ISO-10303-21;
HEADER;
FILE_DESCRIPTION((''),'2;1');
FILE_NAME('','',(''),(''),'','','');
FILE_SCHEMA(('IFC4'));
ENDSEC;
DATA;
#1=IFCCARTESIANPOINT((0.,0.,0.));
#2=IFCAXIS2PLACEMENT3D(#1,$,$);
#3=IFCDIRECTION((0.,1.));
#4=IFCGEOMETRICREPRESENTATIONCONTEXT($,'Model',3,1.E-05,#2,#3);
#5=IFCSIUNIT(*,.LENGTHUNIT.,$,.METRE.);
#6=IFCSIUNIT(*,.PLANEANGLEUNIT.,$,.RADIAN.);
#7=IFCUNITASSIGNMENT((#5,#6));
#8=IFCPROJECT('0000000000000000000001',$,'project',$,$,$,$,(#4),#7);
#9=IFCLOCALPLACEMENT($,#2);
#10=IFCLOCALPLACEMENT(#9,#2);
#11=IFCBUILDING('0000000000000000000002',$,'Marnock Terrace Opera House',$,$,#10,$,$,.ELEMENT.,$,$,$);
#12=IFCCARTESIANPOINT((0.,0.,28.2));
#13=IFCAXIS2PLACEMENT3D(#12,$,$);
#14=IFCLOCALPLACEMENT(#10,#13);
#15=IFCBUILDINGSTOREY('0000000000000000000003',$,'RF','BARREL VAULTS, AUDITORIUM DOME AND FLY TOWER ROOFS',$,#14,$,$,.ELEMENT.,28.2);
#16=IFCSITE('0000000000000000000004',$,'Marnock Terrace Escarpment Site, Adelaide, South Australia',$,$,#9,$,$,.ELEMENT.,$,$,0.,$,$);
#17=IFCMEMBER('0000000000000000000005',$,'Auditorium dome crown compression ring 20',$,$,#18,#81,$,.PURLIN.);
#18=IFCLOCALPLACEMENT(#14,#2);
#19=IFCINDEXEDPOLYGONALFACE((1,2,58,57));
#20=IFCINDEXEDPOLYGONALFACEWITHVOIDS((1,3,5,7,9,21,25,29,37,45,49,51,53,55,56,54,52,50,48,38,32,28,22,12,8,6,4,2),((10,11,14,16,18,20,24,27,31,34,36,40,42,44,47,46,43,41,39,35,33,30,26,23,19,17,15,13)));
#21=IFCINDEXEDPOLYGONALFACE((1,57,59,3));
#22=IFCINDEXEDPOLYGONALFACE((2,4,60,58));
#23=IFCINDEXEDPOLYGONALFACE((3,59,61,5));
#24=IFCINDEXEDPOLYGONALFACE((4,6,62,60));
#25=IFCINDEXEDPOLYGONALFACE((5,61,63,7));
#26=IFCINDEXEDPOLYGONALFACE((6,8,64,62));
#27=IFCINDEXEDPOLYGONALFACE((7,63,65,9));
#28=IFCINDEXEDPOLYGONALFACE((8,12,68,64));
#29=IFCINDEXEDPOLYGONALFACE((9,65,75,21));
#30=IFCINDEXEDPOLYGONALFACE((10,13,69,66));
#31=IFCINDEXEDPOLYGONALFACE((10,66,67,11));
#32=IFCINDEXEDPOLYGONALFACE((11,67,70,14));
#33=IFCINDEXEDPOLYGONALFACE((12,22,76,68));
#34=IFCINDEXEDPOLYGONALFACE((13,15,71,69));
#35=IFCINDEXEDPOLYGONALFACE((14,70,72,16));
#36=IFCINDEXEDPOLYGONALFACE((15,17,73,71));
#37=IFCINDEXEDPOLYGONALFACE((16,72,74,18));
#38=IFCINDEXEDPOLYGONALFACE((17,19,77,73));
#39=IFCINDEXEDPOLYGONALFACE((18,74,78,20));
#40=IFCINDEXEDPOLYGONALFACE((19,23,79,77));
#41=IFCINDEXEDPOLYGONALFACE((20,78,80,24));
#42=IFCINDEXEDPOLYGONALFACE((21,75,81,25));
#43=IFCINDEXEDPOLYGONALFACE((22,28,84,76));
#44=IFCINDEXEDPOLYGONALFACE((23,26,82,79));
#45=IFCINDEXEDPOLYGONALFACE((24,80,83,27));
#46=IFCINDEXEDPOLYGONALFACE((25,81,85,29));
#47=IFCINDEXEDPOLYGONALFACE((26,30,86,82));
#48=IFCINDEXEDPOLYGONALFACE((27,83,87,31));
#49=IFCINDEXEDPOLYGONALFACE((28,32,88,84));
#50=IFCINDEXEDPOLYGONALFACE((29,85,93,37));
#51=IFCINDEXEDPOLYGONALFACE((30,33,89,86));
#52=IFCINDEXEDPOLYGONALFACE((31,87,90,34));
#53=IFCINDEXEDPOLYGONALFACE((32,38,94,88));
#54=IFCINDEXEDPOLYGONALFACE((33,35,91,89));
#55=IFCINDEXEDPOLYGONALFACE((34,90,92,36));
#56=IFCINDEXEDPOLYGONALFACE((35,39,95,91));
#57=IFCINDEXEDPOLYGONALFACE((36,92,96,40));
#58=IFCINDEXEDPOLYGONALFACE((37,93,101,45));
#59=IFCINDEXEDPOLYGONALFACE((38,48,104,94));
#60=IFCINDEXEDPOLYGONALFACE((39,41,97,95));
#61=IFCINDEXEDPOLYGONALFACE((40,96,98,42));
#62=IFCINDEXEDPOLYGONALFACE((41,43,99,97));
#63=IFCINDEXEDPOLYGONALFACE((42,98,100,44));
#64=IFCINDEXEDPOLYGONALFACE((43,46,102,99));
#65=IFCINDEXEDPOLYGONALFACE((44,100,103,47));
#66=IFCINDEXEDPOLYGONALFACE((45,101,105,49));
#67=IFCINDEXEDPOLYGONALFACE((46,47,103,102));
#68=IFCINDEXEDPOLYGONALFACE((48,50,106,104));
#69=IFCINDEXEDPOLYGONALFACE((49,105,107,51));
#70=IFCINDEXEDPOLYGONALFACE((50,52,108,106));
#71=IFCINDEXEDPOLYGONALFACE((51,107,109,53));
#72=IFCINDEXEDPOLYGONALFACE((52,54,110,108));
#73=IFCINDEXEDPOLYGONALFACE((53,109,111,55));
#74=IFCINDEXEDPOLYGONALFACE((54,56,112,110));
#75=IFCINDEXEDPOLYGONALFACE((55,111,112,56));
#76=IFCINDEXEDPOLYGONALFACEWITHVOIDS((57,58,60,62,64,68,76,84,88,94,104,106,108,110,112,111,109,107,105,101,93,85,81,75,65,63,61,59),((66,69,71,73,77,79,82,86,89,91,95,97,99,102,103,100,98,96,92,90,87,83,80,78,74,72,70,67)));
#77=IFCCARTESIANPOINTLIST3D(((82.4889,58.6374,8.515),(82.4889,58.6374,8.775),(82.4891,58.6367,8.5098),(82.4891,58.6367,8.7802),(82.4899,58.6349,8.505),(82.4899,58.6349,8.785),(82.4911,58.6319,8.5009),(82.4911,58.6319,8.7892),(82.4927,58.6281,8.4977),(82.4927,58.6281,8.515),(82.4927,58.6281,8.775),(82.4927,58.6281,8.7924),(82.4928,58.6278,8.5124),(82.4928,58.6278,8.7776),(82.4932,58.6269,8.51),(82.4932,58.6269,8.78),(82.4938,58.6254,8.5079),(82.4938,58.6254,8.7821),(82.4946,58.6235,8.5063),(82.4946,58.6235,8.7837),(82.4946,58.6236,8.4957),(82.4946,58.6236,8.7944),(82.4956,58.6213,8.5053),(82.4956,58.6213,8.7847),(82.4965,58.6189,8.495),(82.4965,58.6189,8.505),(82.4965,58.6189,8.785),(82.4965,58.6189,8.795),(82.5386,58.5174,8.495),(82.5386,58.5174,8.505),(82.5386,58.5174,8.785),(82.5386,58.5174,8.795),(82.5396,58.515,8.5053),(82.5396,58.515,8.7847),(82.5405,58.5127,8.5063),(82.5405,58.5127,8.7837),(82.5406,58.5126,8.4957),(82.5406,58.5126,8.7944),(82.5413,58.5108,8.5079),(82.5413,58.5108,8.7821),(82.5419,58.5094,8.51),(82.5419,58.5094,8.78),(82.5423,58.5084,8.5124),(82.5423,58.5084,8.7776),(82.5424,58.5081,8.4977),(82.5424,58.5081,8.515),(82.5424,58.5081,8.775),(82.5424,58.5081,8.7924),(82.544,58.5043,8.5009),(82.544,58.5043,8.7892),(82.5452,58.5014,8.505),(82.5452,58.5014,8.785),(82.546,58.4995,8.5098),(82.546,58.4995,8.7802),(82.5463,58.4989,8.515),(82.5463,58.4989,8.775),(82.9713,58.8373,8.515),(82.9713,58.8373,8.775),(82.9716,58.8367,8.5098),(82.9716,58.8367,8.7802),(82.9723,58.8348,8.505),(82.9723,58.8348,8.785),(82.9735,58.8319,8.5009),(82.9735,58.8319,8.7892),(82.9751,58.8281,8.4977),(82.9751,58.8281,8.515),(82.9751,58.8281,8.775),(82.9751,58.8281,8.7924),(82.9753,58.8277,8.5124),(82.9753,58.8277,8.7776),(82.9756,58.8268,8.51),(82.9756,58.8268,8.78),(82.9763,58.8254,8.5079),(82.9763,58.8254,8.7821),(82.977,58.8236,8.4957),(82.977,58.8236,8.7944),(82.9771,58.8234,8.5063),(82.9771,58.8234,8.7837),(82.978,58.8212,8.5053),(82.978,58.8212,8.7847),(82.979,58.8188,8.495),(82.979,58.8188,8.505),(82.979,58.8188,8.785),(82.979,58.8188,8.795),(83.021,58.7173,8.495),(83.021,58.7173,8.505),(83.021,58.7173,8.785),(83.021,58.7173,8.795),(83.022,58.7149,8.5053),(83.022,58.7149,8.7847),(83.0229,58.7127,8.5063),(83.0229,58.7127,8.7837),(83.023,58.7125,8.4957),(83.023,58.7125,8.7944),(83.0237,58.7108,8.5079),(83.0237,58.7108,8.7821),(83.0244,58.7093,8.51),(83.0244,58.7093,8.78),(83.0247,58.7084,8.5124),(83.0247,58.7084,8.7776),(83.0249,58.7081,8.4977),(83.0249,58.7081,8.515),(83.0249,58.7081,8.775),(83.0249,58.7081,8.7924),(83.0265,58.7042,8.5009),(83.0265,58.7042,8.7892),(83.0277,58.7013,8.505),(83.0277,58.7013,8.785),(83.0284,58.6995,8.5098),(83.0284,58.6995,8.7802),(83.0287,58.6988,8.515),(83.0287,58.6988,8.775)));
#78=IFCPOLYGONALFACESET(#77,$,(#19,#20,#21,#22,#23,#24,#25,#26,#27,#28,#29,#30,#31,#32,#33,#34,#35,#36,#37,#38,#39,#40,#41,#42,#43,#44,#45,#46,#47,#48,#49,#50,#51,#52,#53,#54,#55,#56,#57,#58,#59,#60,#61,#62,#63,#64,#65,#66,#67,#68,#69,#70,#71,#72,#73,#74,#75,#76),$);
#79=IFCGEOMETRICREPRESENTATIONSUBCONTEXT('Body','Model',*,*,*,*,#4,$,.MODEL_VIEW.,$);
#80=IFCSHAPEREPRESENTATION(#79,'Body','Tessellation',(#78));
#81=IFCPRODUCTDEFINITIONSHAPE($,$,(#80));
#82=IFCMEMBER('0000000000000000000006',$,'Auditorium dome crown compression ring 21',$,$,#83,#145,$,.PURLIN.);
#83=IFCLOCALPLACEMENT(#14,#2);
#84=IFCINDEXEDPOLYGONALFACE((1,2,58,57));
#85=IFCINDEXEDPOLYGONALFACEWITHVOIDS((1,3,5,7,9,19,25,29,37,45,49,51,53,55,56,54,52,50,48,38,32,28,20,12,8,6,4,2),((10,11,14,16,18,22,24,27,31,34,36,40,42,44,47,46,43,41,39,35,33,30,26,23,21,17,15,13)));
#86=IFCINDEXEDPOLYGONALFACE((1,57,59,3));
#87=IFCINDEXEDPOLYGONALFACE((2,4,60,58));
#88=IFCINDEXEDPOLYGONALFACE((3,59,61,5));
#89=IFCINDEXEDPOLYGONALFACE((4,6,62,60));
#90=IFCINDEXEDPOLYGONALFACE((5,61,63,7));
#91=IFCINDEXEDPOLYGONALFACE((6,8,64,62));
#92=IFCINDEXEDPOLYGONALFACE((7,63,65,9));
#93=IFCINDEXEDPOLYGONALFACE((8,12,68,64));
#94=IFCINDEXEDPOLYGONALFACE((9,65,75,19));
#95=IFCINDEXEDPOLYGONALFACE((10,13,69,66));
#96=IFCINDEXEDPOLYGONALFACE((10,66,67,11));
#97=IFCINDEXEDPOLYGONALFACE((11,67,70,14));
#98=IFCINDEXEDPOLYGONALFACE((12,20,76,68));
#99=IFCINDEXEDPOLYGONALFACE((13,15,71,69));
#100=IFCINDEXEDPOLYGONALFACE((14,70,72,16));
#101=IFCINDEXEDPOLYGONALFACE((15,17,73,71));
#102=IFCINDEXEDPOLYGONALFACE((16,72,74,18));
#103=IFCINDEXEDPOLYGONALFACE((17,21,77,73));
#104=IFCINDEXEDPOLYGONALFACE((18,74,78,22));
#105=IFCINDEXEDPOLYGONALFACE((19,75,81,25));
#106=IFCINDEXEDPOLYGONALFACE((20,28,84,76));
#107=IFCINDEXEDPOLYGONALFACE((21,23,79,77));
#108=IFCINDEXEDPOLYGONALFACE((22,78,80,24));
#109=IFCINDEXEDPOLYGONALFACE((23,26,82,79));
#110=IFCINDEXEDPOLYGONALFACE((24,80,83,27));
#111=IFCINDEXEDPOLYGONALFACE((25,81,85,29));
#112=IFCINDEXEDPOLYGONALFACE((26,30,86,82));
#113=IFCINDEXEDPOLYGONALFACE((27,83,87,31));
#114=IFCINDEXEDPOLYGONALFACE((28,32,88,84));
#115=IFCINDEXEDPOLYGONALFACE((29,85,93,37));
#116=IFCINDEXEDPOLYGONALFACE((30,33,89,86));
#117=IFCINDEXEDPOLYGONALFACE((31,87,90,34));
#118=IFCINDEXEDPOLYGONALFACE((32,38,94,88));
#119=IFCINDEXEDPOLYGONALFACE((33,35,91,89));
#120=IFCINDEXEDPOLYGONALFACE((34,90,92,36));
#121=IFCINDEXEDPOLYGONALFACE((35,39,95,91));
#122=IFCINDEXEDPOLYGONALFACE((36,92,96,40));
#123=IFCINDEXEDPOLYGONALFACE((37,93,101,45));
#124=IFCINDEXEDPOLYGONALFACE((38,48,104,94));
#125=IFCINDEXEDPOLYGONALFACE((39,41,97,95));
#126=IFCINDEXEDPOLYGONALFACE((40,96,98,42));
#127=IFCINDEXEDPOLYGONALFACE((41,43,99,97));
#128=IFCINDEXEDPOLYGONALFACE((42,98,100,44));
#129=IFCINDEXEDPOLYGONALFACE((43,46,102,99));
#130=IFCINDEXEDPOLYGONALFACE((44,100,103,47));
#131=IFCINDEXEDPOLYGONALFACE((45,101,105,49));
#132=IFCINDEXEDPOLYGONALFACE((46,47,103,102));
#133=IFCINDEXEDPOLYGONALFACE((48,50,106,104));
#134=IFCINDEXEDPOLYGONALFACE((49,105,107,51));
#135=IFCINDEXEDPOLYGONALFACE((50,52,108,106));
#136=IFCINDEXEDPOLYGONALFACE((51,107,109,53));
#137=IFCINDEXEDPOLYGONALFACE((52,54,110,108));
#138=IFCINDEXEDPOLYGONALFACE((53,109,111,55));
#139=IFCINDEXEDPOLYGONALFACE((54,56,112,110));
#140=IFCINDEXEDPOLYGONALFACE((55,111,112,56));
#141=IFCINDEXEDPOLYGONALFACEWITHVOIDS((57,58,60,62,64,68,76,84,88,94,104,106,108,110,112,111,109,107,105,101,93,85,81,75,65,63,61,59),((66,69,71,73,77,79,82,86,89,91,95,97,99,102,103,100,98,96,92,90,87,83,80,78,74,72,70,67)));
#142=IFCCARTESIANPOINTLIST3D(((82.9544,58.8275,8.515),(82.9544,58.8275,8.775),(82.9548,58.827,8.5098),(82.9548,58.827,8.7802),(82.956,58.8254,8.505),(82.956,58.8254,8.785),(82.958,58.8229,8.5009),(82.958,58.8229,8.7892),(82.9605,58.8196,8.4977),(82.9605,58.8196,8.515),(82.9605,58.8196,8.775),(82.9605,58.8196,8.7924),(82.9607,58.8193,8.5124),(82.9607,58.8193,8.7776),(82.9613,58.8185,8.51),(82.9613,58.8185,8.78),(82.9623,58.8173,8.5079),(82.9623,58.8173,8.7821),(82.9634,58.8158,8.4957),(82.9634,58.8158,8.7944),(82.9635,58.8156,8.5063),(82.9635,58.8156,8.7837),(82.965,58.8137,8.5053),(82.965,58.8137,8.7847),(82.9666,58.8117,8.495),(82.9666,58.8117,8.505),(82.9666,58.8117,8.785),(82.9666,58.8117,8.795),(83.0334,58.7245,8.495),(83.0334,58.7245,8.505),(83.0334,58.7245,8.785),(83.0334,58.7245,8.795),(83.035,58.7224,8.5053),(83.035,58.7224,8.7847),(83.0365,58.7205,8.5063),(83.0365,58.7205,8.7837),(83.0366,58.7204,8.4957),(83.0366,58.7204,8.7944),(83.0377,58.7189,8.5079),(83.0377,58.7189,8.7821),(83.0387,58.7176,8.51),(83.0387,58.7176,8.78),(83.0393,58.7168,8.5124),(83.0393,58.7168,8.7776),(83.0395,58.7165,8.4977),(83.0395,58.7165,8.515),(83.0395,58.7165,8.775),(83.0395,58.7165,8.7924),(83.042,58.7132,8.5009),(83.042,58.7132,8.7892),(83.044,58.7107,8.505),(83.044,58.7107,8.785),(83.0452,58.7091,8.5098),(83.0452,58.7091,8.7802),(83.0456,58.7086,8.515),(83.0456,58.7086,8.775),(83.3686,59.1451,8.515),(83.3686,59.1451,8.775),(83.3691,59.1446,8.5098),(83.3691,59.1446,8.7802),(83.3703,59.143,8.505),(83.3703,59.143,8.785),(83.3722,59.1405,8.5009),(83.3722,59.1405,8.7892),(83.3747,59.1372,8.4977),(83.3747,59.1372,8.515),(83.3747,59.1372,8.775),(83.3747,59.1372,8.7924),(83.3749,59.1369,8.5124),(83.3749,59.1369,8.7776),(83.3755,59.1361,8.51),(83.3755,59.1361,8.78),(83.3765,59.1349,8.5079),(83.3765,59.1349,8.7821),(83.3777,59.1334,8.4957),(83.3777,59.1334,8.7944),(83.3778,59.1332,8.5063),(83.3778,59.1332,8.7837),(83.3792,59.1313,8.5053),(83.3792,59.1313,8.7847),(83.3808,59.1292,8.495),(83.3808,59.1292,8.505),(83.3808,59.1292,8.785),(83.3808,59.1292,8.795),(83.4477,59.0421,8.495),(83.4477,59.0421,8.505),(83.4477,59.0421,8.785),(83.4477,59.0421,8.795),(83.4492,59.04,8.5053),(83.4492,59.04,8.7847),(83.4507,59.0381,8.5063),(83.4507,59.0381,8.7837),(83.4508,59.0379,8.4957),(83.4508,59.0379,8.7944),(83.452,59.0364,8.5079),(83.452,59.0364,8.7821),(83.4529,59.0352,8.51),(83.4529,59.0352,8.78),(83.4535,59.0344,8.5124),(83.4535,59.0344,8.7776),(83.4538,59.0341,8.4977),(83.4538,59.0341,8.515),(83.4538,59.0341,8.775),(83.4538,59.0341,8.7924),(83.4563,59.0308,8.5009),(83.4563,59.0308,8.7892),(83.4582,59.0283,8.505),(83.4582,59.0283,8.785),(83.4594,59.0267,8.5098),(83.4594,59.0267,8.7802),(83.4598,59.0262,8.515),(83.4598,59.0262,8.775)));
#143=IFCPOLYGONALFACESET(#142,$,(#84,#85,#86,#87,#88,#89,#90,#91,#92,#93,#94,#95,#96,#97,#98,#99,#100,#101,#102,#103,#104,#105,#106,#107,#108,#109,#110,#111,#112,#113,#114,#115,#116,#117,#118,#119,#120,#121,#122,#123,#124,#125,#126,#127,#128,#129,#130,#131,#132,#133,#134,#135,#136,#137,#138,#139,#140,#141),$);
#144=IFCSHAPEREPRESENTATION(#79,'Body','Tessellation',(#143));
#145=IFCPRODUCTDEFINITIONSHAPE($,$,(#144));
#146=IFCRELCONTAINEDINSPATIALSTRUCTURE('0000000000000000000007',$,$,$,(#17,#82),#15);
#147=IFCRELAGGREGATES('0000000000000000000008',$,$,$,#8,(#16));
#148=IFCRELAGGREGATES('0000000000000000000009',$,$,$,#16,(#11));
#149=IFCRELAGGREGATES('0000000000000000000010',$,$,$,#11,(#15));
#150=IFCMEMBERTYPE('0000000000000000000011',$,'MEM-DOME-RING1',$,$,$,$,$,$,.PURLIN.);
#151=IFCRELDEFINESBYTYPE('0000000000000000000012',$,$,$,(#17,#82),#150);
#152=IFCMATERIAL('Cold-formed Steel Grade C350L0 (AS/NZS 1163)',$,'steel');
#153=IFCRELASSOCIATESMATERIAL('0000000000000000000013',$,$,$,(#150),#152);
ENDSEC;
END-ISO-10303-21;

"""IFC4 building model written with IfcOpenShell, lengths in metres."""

from ifc_helpers import new_model, si_unit, direction, frame, origin, origin_2d, place, context, subcontext, project, spatial, hollow_rectangle, extrude, material, material_profile, profile_set, type_object, element, save


model = new_model("IFC4")

# Units and contexts
model_context = context("Model", 3, precision=1e-05, world=origin(), true_north=direction((0.0, 1.0)))
body_context = subcontext(model_context, "Body", "Model", "MODEL_VIEW")
ifc_project = project(units=[si_unit("LENGTHUNIT", "METRE"), si_unit("PLANEANGLEUNIT", "RADIAN")], contexts=[model_context])

# Site, building, storey
site_placement = place(None, origin())
site = spatial("IfcSite", under=ifc_project, at=site_placement, Name="Marnock Terrace Escarpment Site, Adelaide, South Australia", CompositionType="ELEMENT", RefElevation=0.0)
building_placement = place(site_placement, origin())
building = spatial("IfcBuilding", under=site, at=building_placement, Name="Marnock Terrace Opera House", CompositionType="ELEMENT")
storey_placement = place(building_placement, frame((0.0, 0.0, 28.2)))
storey = spatial("IfcBuildingStorey", under=building, at=storey_placement, Name="RF", Description="BARREL VAULTS, AUDITORIUM DOME AND FLY TOWER ROOFS", CompositionType="ELEMENT", Elevation=28.2)

# Members
ifc_material_1 = material(Name="Cold-formed Steel Grade C350L0 (AS/NZS 1163)", Category="steel")
ifc_material_profile_1 = material_profile(ifc_material_1, hollow_rectangle(XDim=0.1499, YDim=0.3, WallThickness=0.01, InnerFilletRadius=0.01, OuterFilletRadius=0.02, at=origin_2d()))
ifc_profile_set_1 = profile_set([ifc_material_profile_1], Name="Cold-formed Steel Grade C350L0 (AS/NZS 1163)")
member_type_1 = type_object("IfcMemberType", Name="MEM-DOME-RING1", PredefinedType="PURLIN", material=ifc_profile_set_1)
member_1_placement = place(storey_placement, frame((82.5176, 58.5681, 8.645), z_axis=(0.923795, 0.382889, 0.0), x_axis=(-0.382889, 0.923795, 0.0)))
element("IfcMember", 1, at=member_1_placement, inside=storey, type_object=member_type_1, Name="Auditorium dome crown compression ring 20", PredefinedType="PURLIN", context=body_context, shape_type="SweptSolid", body=[
    extrude(hollow_rectangle(XDim=0.1499, YDim=0.3, WallThickness=0.01, InnerFilletRadius=0.01, OuterFilletRadius=0.02, at=origin_2d()), origin(), (0.0, 0.0, 1.0), 0.5222),
])
for number, where, z_axis, x_axis, name in (
    (2, (83.0, 58.7681, 8.645), (0.793614, 0.608422, 0.0), (-0.608422, 0.793614, 0.0), "Auditorium dome crown compression ring 21"),
):
    element("IfcMember", number, at=place(storey_placement, frame(where, z_axis=z_axis, x_axis=x_axis)), inside=storey, type_object=member_type_1, Name=name, PredefinedType="PURLIN", context=body_context, shape_type="SweptSolid", body=[
        extrude(hollow_rectangle(XDim=0.1499, YDim=0.3, WallThickness=0.01, InnerFilletRadius=0.01, OuterFilletRadius=0.02, at=origin_2d()), origin(), (0.0, 0.0, 1.0), 0.522),
    ])

save(model, "model.ifc")
